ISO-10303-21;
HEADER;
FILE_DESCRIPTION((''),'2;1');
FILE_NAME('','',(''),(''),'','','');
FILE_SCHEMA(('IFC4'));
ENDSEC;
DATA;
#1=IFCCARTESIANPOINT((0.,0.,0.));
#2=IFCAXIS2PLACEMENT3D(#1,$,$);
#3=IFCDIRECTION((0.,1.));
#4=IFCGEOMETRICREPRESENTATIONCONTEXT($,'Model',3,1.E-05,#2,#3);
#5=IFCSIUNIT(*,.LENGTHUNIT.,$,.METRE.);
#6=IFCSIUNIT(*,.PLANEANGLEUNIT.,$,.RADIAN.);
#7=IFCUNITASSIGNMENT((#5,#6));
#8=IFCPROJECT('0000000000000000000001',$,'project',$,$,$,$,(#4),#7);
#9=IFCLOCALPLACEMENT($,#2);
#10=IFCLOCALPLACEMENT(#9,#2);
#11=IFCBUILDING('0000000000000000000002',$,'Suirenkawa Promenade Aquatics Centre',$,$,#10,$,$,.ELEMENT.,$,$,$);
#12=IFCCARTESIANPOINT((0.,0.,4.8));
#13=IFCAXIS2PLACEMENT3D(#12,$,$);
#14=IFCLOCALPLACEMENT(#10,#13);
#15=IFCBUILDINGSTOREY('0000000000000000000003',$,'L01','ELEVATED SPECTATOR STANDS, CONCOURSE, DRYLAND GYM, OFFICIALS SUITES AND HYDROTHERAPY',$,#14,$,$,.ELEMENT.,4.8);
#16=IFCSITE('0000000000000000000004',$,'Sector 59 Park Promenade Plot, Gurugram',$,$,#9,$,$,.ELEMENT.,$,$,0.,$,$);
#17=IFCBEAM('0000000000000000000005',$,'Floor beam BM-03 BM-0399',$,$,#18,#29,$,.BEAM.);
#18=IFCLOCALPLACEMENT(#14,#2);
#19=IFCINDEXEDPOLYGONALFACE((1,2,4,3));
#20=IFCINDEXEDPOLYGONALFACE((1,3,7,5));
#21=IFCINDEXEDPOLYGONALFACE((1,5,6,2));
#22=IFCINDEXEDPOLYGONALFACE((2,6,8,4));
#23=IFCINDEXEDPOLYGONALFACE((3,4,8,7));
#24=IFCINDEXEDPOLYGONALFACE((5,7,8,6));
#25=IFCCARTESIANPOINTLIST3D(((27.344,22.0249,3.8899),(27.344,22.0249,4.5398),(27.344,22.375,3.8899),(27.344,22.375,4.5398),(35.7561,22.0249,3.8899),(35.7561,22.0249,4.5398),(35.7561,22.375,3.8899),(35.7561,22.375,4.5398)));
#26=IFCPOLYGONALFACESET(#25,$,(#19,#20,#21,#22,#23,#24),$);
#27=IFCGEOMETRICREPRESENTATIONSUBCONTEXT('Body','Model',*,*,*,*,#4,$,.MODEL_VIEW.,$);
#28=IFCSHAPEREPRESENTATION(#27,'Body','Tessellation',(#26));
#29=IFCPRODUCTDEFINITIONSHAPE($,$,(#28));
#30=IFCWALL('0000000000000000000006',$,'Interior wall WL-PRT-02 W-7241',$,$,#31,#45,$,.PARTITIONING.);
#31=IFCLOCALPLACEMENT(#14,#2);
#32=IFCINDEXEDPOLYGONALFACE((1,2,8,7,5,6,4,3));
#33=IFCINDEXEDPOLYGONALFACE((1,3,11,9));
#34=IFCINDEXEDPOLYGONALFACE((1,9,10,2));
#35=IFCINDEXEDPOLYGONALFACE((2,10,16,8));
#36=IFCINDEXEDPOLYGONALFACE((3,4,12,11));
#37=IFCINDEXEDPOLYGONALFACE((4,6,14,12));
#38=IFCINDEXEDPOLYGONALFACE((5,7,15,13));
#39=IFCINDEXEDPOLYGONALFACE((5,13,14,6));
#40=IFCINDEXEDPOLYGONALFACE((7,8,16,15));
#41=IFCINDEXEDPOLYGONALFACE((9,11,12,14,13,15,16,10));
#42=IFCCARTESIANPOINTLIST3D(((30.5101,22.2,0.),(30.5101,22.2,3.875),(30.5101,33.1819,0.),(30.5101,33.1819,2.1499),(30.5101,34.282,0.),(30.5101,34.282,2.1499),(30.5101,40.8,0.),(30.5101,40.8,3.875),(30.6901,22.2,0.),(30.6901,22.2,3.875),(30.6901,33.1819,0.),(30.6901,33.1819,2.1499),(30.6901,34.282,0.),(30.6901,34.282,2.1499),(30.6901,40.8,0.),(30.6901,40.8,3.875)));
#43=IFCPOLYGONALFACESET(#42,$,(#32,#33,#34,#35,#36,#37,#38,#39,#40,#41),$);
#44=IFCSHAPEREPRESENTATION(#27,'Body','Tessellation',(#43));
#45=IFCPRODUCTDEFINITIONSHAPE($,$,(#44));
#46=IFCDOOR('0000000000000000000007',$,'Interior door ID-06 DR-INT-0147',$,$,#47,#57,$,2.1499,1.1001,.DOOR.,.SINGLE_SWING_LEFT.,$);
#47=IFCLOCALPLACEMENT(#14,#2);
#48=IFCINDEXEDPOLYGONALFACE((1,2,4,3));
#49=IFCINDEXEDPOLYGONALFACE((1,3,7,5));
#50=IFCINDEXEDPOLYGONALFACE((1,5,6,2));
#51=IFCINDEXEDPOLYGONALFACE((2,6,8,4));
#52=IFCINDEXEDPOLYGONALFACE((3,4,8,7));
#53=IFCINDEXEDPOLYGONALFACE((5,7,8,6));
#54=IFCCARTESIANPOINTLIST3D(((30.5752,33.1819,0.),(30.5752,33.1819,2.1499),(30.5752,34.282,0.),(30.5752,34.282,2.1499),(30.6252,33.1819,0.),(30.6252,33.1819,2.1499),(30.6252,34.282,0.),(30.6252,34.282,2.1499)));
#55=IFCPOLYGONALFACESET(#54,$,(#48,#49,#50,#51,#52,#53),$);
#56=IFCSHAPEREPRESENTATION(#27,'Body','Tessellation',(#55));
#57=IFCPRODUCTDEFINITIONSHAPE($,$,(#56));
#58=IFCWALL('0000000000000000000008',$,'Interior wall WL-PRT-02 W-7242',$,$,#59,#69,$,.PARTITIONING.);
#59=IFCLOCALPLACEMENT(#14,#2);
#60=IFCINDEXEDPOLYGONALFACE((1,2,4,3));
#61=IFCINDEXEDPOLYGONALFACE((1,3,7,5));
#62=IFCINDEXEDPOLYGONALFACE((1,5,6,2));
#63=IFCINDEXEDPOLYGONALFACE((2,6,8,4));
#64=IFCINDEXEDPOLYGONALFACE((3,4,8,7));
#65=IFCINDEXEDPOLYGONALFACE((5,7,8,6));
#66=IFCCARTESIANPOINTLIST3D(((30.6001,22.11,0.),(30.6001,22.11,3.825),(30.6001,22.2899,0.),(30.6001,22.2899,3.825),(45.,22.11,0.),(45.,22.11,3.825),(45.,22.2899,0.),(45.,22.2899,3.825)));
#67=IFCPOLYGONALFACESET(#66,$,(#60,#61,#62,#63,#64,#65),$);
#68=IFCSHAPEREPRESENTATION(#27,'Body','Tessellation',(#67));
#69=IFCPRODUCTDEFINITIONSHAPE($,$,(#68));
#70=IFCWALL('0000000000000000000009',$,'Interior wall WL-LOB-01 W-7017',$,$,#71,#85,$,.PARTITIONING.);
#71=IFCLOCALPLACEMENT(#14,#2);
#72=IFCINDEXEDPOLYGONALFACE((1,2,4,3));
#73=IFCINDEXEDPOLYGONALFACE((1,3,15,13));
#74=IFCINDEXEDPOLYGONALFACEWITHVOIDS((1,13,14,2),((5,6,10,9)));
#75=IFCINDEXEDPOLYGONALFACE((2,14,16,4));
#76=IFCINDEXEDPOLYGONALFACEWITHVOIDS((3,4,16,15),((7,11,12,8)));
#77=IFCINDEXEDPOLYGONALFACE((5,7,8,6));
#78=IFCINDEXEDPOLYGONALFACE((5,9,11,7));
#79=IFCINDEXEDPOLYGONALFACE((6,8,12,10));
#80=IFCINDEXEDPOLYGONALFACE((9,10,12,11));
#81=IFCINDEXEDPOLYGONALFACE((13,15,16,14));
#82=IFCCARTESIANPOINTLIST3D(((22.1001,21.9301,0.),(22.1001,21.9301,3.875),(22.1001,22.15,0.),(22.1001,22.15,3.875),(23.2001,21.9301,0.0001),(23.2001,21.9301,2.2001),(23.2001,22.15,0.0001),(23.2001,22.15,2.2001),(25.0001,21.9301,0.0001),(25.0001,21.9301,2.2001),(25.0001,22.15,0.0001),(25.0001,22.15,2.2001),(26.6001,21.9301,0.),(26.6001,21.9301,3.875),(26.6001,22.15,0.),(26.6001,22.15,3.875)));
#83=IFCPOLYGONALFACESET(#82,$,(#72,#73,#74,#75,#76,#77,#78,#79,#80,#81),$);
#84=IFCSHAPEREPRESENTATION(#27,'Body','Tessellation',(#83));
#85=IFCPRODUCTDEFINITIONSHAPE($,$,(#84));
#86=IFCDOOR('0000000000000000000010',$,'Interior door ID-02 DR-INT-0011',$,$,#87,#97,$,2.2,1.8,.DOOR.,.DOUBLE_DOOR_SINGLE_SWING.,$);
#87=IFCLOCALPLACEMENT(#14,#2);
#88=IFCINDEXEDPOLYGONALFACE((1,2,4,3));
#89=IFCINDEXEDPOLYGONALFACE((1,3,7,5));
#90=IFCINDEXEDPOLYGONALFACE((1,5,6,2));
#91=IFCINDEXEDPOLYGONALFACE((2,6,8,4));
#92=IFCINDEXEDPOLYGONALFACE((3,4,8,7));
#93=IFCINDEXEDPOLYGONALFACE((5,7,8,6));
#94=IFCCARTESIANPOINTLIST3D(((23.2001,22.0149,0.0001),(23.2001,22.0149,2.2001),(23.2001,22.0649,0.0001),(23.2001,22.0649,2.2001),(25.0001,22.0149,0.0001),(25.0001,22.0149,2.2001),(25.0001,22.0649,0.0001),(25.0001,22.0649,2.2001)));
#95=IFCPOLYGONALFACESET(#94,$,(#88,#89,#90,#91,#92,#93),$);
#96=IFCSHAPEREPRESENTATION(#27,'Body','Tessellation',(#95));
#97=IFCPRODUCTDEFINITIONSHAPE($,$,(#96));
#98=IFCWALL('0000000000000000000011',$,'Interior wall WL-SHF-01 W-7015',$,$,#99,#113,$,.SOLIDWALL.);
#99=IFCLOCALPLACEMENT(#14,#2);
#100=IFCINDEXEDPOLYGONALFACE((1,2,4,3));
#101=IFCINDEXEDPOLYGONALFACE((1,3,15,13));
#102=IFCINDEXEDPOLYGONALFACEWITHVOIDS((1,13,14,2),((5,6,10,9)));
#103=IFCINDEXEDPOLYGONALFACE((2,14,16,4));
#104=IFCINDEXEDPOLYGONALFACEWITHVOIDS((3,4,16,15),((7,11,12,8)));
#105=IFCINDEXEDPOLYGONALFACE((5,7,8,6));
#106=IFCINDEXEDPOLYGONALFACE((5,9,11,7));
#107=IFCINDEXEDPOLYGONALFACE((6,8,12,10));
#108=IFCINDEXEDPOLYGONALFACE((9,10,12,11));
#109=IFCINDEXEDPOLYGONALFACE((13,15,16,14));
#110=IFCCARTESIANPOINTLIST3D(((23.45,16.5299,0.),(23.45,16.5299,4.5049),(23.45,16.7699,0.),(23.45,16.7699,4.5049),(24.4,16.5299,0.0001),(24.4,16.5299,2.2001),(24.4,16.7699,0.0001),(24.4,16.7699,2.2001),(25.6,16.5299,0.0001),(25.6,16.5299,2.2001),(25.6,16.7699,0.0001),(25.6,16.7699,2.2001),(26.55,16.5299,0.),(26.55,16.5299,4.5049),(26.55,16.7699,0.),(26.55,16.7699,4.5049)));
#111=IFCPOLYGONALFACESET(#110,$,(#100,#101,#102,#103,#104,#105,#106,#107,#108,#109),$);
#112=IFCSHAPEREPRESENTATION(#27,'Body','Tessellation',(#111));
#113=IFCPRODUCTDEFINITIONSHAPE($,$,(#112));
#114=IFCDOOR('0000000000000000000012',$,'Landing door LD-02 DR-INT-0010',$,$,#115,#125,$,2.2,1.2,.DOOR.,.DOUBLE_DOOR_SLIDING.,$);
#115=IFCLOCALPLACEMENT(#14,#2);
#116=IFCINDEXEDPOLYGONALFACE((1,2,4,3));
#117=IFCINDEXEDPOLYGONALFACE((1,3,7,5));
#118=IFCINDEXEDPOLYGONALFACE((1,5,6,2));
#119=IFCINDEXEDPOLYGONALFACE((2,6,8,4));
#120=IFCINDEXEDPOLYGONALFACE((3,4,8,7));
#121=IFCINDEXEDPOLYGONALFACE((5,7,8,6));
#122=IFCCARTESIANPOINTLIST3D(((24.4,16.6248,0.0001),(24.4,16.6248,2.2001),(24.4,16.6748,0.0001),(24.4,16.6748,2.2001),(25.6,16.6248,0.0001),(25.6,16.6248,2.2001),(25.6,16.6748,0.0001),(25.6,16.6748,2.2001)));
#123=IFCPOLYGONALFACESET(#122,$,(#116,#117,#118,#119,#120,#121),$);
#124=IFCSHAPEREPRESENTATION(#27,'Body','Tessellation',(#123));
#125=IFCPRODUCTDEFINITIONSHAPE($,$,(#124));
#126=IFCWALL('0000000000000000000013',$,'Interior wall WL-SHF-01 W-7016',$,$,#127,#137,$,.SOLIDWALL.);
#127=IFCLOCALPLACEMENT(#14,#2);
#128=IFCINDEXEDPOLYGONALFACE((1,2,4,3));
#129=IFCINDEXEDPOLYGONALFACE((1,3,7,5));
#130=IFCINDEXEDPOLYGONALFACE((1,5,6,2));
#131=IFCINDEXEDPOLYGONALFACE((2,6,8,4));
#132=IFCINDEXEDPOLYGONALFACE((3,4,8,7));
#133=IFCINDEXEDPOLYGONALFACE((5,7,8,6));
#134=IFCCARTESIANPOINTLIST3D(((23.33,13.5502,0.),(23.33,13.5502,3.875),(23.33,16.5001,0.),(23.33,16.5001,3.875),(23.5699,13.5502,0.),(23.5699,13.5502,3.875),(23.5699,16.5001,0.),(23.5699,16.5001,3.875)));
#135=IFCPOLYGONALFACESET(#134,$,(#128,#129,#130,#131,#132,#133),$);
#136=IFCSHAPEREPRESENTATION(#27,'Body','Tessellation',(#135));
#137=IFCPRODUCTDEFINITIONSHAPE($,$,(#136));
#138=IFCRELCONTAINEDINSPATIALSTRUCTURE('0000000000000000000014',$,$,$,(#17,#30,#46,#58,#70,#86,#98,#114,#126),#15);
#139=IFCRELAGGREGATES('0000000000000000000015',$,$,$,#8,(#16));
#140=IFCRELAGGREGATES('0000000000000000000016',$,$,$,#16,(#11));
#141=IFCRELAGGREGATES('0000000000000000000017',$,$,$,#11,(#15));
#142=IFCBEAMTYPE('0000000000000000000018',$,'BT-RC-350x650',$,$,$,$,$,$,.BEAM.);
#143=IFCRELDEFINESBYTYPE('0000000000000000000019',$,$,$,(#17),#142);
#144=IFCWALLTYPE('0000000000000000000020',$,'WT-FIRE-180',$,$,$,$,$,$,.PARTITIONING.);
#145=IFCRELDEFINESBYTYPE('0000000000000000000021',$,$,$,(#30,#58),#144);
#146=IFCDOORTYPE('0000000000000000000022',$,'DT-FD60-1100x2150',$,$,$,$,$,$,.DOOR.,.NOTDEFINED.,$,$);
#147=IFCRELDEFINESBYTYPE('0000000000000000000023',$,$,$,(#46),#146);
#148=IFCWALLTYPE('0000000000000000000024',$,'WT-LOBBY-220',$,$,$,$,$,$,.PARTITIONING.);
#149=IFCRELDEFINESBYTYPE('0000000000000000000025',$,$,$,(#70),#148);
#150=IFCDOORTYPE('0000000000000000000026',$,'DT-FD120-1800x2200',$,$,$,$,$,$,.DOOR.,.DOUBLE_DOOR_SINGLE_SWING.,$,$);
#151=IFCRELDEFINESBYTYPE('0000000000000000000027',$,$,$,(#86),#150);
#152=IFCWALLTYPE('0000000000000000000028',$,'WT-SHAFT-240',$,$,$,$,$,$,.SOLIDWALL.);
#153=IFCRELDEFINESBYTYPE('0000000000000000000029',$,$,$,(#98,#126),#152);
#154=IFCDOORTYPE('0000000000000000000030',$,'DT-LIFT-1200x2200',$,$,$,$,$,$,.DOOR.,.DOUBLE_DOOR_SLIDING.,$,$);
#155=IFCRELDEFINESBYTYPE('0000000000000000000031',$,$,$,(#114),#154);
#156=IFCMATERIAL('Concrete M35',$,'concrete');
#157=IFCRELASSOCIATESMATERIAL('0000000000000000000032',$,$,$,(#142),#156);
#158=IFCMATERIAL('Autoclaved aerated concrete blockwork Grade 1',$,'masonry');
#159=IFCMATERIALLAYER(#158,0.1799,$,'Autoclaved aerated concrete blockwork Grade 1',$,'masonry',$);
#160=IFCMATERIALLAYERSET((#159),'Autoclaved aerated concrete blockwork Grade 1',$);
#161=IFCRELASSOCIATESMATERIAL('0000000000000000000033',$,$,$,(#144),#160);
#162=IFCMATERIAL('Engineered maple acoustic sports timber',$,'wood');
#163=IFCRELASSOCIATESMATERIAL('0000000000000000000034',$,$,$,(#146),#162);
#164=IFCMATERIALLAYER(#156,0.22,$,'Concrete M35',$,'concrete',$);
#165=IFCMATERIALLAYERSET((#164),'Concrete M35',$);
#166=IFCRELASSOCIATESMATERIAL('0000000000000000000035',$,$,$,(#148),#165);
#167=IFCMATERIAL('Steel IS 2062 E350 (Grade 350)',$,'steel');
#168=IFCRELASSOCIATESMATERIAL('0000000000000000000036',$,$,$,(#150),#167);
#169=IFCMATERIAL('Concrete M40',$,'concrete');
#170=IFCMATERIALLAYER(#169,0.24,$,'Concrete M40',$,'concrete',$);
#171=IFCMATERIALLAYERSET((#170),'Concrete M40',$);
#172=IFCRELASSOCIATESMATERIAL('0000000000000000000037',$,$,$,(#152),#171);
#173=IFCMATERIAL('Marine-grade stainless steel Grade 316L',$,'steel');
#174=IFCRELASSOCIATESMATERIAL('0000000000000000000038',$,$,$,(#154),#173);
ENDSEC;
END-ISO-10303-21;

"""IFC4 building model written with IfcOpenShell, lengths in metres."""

from ifc_helpers import new_model, si_unit, direction, frame, frame_2d, origin, origin_2d, place, context, subcontext, project, spatial, rectangle, extrude, material, layer, layer_set, material_profile, profile_set, type_object, element, fill, save


model = new_model("IFC4")

# Units and contexts
model_context = context("Model", 3, precision=1e-05, world=origin(), true_north=direction((0.0, 1.0)))
body_context = subcontext(model_context, "Body", "Model", "MODEL_VIEW")
ifc_project = project(units=[si_unit("LENGTHUNIT", "METRE"), si_unit("PLANEANGLEUNIT", "RADIAN")], contexts=[model_context])

# Site, building, storey
site_placement = place(None, origin())
site = spatial("IfcSite", under=ifc_project, at=site_placement, Name="Sector 59 Park Promenade Plot, Gurugram", CompositionType="ELEMENT", RefElevation=0.0)
building_placement = place(site_placement, origin())
building = spatial("IfcBuilding", under=site, at=building_placement, Name="Suirenkawa Promenade Aquatics Centre", CompositionType="ELEMENT")
storey_placement = place(building_placement, frame((0.0, 0.0, 4.8)))
storey = spatial("IfcBuildingStorey", under=building, at=storey_placement, Name="L01", Description="ELEVATED SPECTATOR STANDS, CONCOURSE, DRYLAND GYM, OFFICIALS SUITES AND HYDROTHERAPY", CompositionType="ELEMENT", Elevation=4.8)

# Shared definitions
ifc_material_1 = material(Name="Concrete M40", Category="concrete")

# Beam
ifc_material_2 = material(Name="Steel IS 2062 E350 (Grade 350)", Category="steel")
ifc_material_3 = material(Name="Concrete M35", Category="concrete")
ifc_material_profile_1 = material_profile(ifc_material_3, rectangle(XDim=0.3501, YDim=0.6499, at=origin_2d()), Name="RC BM 350x650", Category="concrete")
ifc_profile_set_1 = profile_set([ifc_material_profile_1], Name="Concrete M35")
beam_type_1 = type_object("IfcBeamType", Name="BT-RC-350x650", PredefinedType="BEAM", material=ifc_profile_set_1)
beam_1_placement = place(storey_placement, frame((27.344, 22.2, 4.2148), z_axis=(1.0, 0.0, 0.0), x_axis=(0.0, 1.0, 0.0)))
element("IfcBeam", 1, at=beam_1_placement, inside=storey, type_object=beam_type_1, Name="Floor beam BM-03 BM-0399", PredefinedType="BEAM", context=body_context, shape_type="SweptSolid", body=[
    extrude(rectangle(XDim=0.3501, YDim=0.6499, at=origin_2d()), origin(), (0.0, 0.0, 1.0), 8.4121),
])

# Wall, opening, door
ifc_material_4 = material(Name="Autoclaved aerated concrete blockwork Grade 1", Category="masonry")
ifc_layer_1 = layer(ifc_material_4, 0.1799, Name="Autoclaved aerated concrete blockwork Grade 1", Category="masonry")
ifc_layer_set_1 = layer_set([ifc_layer_1], Name="Autoclaved aerated concrete blockwork Grade 1")
wall_type_1 = type_object("IfcWallType", Name="WT-FIRE-180", PredefinedType="PARTITIONING", material=ifc_layer_set_1)
wall_1_placement = place(storey_placement, frame((30.6001, 22.2, 0.0), z_axis=(0.0, 0.0, 1.0), x_axis=(0.0, 1.0, 0.0)))
wall_1 = element("IfcWall", 2, at=wall_1_placement, inside=storey, type_object=wall_type_1, Name="Interior wall WL-PRT-02 W-7241", PredefinedType="PARTITIONING", context=body_context, shape_type="SweptSolid", body=[
    extrude(rectangle(XDim=18.6001, YDim=0.1799, at=frame_2d((9.3, 0.0))), origin(), (0.0, 0.0, 1.0), 3.875),
])
opening_1_placement = place(wall_1_placement, frame((10.9819, 0.0, 0.0)))
opening_1 = element("IfcOpeningElement", 3, at=opening_1_placement, cuts=wall_1, PredefinedType="OPENING", context=body_context, shape_type="SweptSolid", body=[
    extrude(rectangle(XDim=1.1001, YDim=2.1499, at=frame_2d((0.55, 1.075))), frame((0.0, 0.0999, 0.0), z_axis=(0.0, -1.0, 0.0), x_axis=(1.0, 0.0, 0.0)), (0.0, 0.0, 1.0), 0.2),
])
ifc_material_5 = material(Name="Engineered maple acoustic sports timber", Category="wood")
door_type_1 = type_object("IfcDoorType", Name="DT-FD60-1100x2150", OperationType="NOTDEFINED", PredefinedType="DOOR", material=ifc_material_5)
door_1_placement = place(opening_1_placement, origin())
door_1 = element("IfcDoor", 4, at=door_1_placement, inside=storey, type_object=door_type_1, Name="Interior door ID-06 DR-INT-0147", OperationType="SINGLE_SWING_LEFT", OverallHeight=2.1499, OverallWidth=1.1001, PredefinedType="DOOR", context=body_context, shape_type="SweptSolid", body=[
    extrude(rectangle(XDim=1.1001, YDim=2.1499, at=frame_2d((0.55, 1.075))), frame((0.0, 0.0249, 0.0), z_axis=(0.0, -1.0, 0.0), x_axis=(1.0, 0.0, 0.0)), (0.0, 0.0, 1.0), 0.05),
])
fill(opening_1, door_1)

# Wall
wall_2_placement = place(storey_placement, frame((30.6001, 22.2, 0.0), z_axis=(0.0, 0.0, 1.0), x_axis=(1.0, 0.0, 0.0)))
element("IfcWall", 5, at=wall_2_placement, inside=storey, type_object=wall_type_1, Name="Interior wall WL-PRT-02 W-7242", PredefinedType="PARTITIONING", context=body_context, shape_type="SweptSolid", body=[
    extrude(rectangle(XDim=14.3999, YDim=0.1799, at=frame_2d((7.2, 0.0))), origin(), (0.0, 0.0, 1.0), 3.825),
])

# Walls, openings, doors
ifc_layer_2 = layer(ifc_material_3, 0.22, Name="Concrete M35", Category="concrete")
ifc_layer_set_2 = layer_set([ifc_layer_2], Name="Concrete M35")
wall_type_2 = type_object("IfcWallType", Name="WT-LOBBY-220", PredefinedType="PARTITIONING", material=ifc_layer_set_2)
wall_3_placement = place(storey_placement, frame((22.1001, 22.04, 0.0), z_axis=(0.0, 0.0, 1.0), x_axis=(1.0, 0.0, 0.0)))
wall_3 = element("IfcWall", 6, at=wall_3_placement, inside=storey, type_object=wall_type_2, Name="Interior wall WL-LOB-01 W-7017", PredefinedType="PARTITIONING", context=body_context, shape_type="SweptSolid", body=[
    extrude(rectangle(XDim=4.5, YDim=0.22, at=frame_2d((2.25, 0.0))), origin(), (0.0, 0.0, 1.0), 3.875),
])
opening_2_placement = place(wall_3_placement, frame((1.1001, 0.0, 0.0)))
opening_2 = element("IfcOpeningElement", 7, at=opening_2_placement, cuts=wall_3, PredefinedType="OPENING", context=body_context, shape_type="SweptSolid", body=[
    extrude(rectangle(XDim=1.8, YDim=2.2, at=frame_2d((0.8999, 1.1001))), frame((0.0, 0.1199, 0.0), z_axis=(0.0, -1.0, 0.0), x_axis=(1.0, 0.0, 0.0)), (0.0, 0.0, 1.0), 0.24),
])
door_type_2 = type_object("IfcDoorType", Name="DT-FD120-1800x2200", OperationType="DOUBLE_DOOR_SINGLE_SWING", PredefinedType="DOOR", material=ifc_material_2)
door_2_placement = place(opening_2_placement, origin())
door_2 = element("IfcDoor", 8, at=door_2_placement, inside=storey, type_object=door_type_2, Name="Interior door ID-02 DR-INT-0011", OperationType="DOUBLE_DOOR_SINGLE_SWING", OverallHeight=2.2, OverallWidth=1.8, PredefinedType="DOOR", context=body_context, shape_type="SweptSolid", body=[
    extrude(rectangle(XDim=1.8, YDim=2.2, at=frame_2d((0.8999, 1.1001))), frame((0.0, 0.0249, 0.0), z_axis=(0.0, -1.0, 0.0), x_axis=(1.0, 0.0, 0.0)), (0.0, 0.0, 1.0), 0.05),
])
fill(opening_2, door_2)
ifc_layer_3 = layer(ifc_material_1, 0.24, Name="Concrete M40", Category="concrete")
ifc_layer_set_3 = layer_set([ifc_layer_3], Name="Concrete M40")
wall_type_3 = type_object("IfcWallType", Name="WT-SHAFT-240", PredefinedType="SOLIDWALL", material=ifc_layer_set_3)
wall_4_placement = place(storey_placement, frame((23.45, 16.6499, 0.0), z_axis=(0.0, 0.0, 1.0), x_axis=(1.0, 0.0, 0.0)))
wall_4 = element("IfcWall", 9, at=wall_4_placement, inside=storey, type_object=wall_type_3, Name="Interior wall WL-SHF-01 W-7015", PredefinedType="SOLIDWALL", context=body_context, shape_type="SweptSolid", body=[
    extrude(rectangle(XDim=3.1001, YDim=0.24, at=frame_2d((1.55, 0.0))), origin(), (0.0, 0.0, 1.0), 4.5049),
])
opening_3_placement = place(wall_4_placement, frame((0.95, 0.0, 0.0)))
opening_3 = element("IfcOpeningElement", 10, at=opening_3_placement, cuts=wall_4, PredefinedType="OPENING", context=body_context, shape_type="SweptSolid", body=[
    extrude(rectangle(XDim=1.2, YDim=2.2, at=frame_2d((0.6001, 1.1001))), frame((0.0, 0.1299, 0.0), z_axis=(0.0, -1.0, 0.0), x_axis=(1.0, 0.0, 0.0)), (0.0, 0.0, 1.0), 0.26),
])
ifc_material_6 = material(Name="Marine-grade stainless steel Grade 316L", Category="steel")
door_type_3 = type_object("IfcDoorType", Name="DT-LIFT-1200x2200", OperationType="DOUBLE_DOOR_SLIDING", PredefinedType="DOOR", material=ifc_material_6)
door_3_placement = place(opening_3_placement, origin())
door_3 = element("IfcDoor", 11, at=door_3_placement, inside=storey, type_object=door_type_3, Name="Landing door LD-02 DR-INT-0010", OperationType="DOUBLE_DOOR_SLIDING", OverallHeight=2.2, OverallWidth=1.2, PredefinedType="DOOR", context=body_context, shape_type="SweptSolid", body=[
    extrude(rectangle(XDim=1.2, YDim=2.2, at=frame_2d((0.6001, 1.1001))), frame((0.0, 0.0249, 0.0), z_axis=(0.0, -1.0, 0.0), x_axis=(1.0, 0.0, 0.0)), (0.0, 0.0, 1.0), 0.05),
])
fill(opening_3, door_3)

# Wall
wall_5_placement = place(storey_placement, frame((23.45, 13.55, 0.0), z_axis=(0.0, 0.0, 1.0), x_axis=(0.0, 1.0, 0.0)))
element("IfcWall", 12, at=wall_5_placement, inside=storey, type_object=wall_type_3, Name="Interior wall WL-SHF-01 W-7016", PredefinedType="SOLIDWALL", context=body_context, shape_type="SweptSolid", body=[
    extrude(rectangle(XDim=2.95, YDim=0.24, at=frame_2d((1.4751, 0.0))), origin(), (0.0, 0.0, 1.0), 3.875),
])

save(model, "model.ifc")
